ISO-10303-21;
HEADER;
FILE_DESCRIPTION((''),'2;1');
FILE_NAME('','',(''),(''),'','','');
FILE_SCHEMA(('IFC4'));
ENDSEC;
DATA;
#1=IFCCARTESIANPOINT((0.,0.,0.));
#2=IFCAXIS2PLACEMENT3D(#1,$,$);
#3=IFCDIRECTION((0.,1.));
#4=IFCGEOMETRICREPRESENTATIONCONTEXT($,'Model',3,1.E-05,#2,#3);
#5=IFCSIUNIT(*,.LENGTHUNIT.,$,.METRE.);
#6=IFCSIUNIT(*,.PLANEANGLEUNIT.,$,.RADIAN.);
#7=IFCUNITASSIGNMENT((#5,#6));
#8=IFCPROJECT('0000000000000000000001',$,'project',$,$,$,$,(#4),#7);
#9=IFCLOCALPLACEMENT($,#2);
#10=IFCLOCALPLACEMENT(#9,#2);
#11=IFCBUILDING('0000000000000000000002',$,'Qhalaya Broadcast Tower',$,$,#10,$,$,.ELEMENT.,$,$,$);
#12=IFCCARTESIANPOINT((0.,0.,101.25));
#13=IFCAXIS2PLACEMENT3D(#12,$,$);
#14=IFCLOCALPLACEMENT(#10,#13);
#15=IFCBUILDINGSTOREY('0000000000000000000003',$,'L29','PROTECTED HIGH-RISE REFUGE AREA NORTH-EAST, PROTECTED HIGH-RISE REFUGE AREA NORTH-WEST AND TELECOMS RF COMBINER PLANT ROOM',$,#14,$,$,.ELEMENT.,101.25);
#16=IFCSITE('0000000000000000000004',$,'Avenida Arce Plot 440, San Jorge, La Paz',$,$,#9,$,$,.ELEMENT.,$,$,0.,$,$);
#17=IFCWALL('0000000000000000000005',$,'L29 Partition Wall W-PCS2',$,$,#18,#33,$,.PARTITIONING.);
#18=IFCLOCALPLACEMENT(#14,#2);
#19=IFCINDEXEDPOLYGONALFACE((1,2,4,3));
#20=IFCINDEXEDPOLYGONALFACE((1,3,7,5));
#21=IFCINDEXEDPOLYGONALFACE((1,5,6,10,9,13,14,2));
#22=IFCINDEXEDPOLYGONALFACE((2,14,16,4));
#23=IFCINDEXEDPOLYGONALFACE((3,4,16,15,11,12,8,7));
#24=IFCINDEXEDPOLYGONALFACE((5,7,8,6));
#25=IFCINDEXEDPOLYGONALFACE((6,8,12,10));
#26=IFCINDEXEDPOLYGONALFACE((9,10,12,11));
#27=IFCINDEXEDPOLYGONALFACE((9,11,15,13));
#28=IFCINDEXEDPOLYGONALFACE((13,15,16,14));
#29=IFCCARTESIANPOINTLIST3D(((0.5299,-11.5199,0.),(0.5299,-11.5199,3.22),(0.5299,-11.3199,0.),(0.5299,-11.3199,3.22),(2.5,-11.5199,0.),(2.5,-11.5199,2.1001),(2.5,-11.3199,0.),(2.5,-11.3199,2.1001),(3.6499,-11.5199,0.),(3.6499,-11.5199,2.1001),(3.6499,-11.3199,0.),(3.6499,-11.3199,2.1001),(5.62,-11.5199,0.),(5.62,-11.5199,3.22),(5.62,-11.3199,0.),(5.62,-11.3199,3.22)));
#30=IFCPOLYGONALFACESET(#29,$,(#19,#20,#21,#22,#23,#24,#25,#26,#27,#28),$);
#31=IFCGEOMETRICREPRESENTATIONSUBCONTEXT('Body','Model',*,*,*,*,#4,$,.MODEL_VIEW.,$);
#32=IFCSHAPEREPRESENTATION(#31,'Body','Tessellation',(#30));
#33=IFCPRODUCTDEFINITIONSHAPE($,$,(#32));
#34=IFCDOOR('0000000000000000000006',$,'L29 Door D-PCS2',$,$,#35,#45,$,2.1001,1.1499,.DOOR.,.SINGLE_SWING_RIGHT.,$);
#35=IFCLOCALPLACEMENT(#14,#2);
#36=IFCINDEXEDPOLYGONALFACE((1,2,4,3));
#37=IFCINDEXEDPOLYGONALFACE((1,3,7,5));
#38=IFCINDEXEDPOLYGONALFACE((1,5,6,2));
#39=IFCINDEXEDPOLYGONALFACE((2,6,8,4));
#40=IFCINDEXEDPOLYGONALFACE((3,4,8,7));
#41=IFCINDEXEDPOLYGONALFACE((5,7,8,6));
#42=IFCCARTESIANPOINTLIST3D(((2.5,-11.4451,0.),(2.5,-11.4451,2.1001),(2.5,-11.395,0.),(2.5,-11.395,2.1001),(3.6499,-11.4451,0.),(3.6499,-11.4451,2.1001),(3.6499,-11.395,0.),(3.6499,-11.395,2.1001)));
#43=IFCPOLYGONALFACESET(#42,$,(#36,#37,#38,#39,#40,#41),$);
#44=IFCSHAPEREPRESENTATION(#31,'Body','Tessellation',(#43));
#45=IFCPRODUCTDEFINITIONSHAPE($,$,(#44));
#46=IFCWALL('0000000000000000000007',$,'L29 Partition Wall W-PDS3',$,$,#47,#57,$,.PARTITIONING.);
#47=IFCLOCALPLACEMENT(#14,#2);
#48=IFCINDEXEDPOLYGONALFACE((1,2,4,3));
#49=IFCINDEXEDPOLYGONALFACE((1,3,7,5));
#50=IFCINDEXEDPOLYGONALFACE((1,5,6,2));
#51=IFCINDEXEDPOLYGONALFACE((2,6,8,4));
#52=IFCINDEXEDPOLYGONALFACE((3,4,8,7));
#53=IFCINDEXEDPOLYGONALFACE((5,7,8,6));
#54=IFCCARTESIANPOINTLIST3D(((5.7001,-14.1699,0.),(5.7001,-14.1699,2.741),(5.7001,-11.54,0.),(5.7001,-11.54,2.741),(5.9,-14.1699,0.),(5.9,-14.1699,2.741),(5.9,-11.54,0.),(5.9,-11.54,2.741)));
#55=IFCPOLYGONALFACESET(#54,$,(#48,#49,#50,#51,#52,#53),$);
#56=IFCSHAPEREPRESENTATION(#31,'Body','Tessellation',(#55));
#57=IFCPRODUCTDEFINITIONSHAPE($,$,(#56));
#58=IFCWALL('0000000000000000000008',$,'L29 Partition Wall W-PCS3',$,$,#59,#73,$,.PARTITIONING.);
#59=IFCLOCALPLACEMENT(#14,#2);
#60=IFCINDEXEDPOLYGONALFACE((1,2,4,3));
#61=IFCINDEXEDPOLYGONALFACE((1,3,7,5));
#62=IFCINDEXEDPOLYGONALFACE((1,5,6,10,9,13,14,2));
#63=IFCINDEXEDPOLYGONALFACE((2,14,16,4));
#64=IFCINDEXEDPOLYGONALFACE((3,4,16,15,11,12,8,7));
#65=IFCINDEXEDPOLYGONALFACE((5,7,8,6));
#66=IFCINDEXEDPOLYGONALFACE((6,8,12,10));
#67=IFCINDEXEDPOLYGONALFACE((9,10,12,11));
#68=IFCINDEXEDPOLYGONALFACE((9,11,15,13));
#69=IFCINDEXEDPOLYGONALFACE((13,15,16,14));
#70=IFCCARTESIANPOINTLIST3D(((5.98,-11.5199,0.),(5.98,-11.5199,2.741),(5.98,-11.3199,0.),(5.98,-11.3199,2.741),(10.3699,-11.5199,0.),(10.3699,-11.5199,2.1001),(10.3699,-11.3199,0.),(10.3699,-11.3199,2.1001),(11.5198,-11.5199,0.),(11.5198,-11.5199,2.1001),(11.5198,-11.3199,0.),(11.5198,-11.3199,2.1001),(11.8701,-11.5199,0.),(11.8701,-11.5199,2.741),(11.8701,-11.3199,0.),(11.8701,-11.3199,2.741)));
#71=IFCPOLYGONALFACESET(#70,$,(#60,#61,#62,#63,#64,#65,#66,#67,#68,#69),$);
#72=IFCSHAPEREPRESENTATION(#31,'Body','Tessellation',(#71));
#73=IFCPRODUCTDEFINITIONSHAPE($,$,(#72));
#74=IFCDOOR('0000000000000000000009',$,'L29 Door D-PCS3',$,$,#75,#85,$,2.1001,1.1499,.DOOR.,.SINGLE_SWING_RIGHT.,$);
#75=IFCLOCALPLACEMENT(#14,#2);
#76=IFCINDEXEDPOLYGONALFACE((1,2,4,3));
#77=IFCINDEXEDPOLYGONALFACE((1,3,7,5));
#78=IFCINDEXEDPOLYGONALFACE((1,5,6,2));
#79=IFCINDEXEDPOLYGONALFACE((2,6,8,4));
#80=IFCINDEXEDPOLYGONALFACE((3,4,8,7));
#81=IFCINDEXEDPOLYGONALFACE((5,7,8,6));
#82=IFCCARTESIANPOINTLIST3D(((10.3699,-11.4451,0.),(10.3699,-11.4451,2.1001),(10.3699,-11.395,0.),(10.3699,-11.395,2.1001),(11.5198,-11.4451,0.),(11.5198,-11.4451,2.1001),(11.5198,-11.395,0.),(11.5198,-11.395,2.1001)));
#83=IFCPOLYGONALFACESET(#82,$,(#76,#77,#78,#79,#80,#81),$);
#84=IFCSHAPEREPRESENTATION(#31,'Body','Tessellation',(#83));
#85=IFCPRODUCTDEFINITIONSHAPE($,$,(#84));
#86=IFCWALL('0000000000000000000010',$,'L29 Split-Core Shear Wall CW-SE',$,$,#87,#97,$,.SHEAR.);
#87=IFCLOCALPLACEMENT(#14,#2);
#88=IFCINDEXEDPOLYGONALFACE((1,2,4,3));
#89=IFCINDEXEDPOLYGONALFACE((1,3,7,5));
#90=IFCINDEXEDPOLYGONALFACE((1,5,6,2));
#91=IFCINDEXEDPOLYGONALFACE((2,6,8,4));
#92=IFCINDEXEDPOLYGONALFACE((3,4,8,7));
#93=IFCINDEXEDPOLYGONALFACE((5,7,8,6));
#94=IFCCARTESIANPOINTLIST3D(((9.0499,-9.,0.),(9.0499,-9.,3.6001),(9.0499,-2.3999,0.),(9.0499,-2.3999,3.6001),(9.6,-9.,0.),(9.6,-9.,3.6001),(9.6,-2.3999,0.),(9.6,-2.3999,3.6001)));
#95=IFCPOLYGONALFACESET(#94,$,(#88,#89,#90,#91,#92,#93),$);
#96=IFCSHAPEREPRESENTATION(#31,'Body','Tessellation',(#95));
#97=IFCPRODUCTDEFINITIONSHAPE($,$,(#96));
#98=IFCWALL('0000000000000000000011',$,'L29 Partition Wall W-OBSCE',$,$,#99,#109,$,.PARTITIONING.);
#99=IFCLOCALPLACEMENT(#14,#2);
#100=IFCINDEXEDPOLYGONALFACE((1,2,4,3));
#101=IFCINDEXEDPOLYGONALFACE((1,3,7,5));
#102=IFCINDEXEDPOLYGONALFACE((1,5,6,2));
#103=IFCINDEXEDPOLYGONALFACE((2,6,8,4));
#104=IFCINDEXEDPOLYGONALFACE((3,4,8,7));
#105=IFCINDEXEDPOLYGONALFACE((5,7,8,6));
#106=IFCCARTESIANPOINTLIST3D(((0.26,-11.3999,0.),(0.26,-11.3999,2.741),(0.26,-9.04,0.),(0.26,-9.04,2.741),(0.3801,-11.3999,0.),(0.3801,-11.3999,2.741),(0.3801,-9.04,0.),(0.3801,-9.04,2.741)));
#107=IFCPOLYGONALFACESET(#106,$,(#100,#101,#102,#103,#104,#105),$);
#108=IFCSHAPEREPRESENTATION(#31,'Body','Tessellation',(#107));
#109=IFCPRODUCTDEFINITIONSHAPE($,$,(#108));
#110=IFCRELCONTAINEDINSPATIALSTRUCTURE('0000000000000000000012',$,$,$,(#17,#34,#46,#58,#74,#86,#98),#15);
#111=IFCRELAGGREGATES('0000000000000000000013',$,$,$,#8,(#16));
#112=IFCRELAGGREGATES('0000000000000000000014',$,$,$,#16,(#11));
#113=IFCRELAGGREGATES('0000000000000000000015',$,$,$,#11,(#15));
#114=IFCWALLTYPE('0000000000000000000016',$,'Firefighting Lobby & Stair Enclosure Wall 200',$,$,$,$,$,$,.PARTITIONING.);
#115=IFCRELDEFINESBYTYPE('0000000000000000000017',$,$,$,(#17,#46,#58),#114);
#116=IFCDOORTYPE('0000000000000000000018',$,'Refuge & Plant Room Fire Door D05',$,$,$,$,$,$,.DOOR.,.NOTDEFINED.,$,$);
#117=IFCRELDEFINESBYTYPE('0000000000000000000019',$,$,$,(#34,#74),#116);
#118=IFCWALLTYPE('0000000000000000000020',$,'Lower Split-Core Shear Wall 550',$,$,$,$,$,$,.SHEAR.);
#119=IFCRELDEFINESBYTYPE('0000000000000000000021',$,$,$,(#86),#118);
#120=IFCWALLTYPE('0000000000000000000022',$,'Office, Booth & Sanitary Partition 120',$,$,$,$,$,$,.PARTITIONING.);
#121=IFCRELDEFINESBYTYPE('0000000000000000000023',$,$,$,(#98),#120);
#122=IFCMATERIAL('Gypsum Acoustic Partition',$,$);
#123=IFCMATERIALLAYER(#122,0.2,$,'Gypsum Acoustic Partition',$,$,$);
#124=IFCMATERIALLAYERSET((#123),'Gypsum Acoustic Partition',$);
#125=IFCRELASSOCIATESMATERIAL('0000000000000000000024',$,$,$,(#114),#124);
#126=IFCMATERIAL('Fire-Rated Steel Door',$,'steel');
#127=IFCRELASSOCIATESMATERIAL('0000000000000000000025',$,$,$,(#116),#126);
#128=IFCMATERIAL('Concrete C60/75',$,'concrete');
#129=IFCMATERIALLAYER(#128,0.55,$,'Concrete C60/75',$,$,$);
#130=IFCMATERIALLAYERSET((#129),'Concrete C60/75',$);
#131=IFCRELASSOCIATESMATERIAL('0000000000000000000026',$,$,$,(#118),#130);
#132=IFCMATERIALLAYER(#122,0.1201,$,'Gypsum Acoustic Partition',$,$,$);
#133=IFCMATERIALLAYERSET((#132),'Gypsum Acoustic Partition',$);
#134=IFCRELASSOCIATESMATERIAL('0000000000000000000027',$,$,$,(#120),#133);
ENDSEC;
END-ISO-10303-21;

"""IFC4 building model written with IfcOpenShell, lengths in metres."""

from ifc_helpers import new_model, si_unit, direction, frame, frame_2d, origin, place, context, subcontext, project, spatial, rectangle, extrude, material, layer, layer_set, type_object, element, fill, save


model = new_model("IFC4")

# Units and contexts
model_context = context("Model", 3, precision=1e-05, world=origin(), true_north=direction((0.0, 1.0)))
body_context = subcontext(model_context, "Body", "Model", "MODEL_VIEW")
ifc_project = project(units=[si_unit("LENGTHUNIT", "METRE"), si_unit("PLANEANGLEUNIT", "RADIAN")], contexts=[model_context])

# Site, building, storey
site_placement = place(None, origin())
site = spatial("IfcSite", under=ifc_project, at=site_placement, Name="Avenida Arce Plot 440, San Jorge, La Paz", CompositionType="ELEMENT", RefElevation=0.0)
building_placement = place(site_placement, origin())
building = spatial("IfcBuilding", under=site, at=building_placement, Name="Qhalaya Broadcast Tower", CompositionType="ELEMENT")
storey_placement = place(building_placement, frame((0.0, 0.0, 101.25)))
storey = spatial("IfcBuildingStorey", under=building, at=storey_placement, Name="L29", Description="PROTECTED HIGH-RISE REFUGE AREA NORTH-EAST, PROTECTED HIGH-RISE REFUGE AREA NORTH-WEST AND TELECOMS RF COMBINER PLANT ROOM", CompositionType="ELEMENT", Elevation=101.25)

# Shared definitions
ifc_material_1 = material(Name="Gypsum Acoustic Partition")
ifc_layer_1 = layer(ifc_material_1, 0.2, Name="Gypsum Acoustic Partition")
ifc_layer_set_1 = layer_set([ifc_layer_1], Name="Gypsum Acoustic Partition")
wall_type_1 = type_object("IfcWallType", Name="Firefighting Lobby & Stair Enclosure Wall 200", PredefinedType="PARTITIONING", material=ifc_layer_set_1)

# Wall, opening, door
wall_1_placement = place(storey_placement, frame((0.53, -11.4199, 0.0), z_axis=(0.0, 0.0, 1.0), x_axis=(1.0, 0.0, 0.0)))
wall_1 = element("IfcWall", 1, at=wall_1_placement, inside=storey, type_object=wall_type_1, Name="L29 Partition Wall W-PCS2", PredefinedType="PARTITIONING", context=body_context, shape_type="SweptSolid", body=[
    extrude(rectangle(XDim=5.0901, YDim=0.2, at=frame_2d((2.5449, 0.0))), origin(), (0.0, 0.0, 1.0), 3.22),
])
opening_1_placement = place(wall_1_placement, frame((1.97, 0.0, 0.0)))
opening_1 = element("IfcOpeningElement", 2, at=opening_1_placement, cuts=wall_1, PredefinedType="OPENING", context=body_context, shape_type="SweptSolid", body=[
    extrude(rectangle(XDim=1.1499, YDim=2.1001, at=frame_2d((0.575, 1.05))), frame((0.0, 0.1121, 0.0), z_axis=(0.0, -1.0, 0.0), x_axis=(1.0, 0.0, 0.0)), (0.0, 0.0, 1.0), 0.2239),
])
ifc_material_2 = material(Name="Fire-Rated Steel Door", Category="steel")
door_type = type_object("IfcDoorType", Name="Refuge & Plant Room Fire Door D05", OperationType="NOTDEFINED", PredefinedType="DOOR", material=ifc_material_2)
door_1_placement = place(opening_1_placement, origin())
door_1 = element("IfcDoor", 3, at=door_1_placement, inside=storey, type_object=door_type, Name="L29 Door D-PCS2", OperationType="SINGLE_SWING_RIGHT", OverallHeight=2.1001, OverallWidth=1.1499, PredefinedType="DOOR", context=body_context, shape_type="SweptSolid", body=[
    extrude(rectangle(XDim=1.1499, YDim=2.1001, at=frame_2d((0.575, 1.05))), frame((0.0, 0.0249, 0.0), z_axis=(0.0, -1.0, 0.0), x_axis=(1.0, 0.0, 0.0)), (0.0, 0.0, 1.0), 0.05),
])
fill(opening_1, door_1)

# Wall
wall_2_placement = place(storey_placement, frame((5.8, -14.1699, 0.0), z_axis=(0.0, 0.0, 1.0), x_axis=(0.0, 1.0, 0.0)))
element("IfcWall", 4, at=wall_2_placement, inside=storey, type_object=wall_type_1, Name="L29 Partition Wall W-PDS3", PredefinedType="PARTITIONING", context=body_context, shape_type="SweptSolid", body=[
    extrude(rectangle(XDim=2.6299, YDim=0.2, at=frame_2d((1.3149, 0.0))), origin(), (0.0, 0.0, 1.0), 2.741),
])

# Wall, opening, door
wall_3_placement = place(storey_placement, frame((5.98, -11.4199, 0.0), z_axis=(0.0, 0.0, 1.0), x_axis=(1.0, 0.0, 0.0)))
wall_3 = element("IfcWall", 5, at=wall_3_placement, inside=storey, type_object=wall_type_1, Name="L29 Partition Wall W-PCS3", PredefinedType="PARTITIONING", context=body_context, shape_type="SweptSolid", body=[
    extrude(rectangle(XDim=5.8901, YDim=0.2, at=frame_2d((2.9451, 0.0))), origin(), (0.0, 0.0, 1.0), 2.741),
])
opening_2_placement = place(wall_3_placement, frame((4.3899, 0.0, 0.0)))
opening_2 = element("IfcOpeningElement", 6, at=opening_2_placement, cuts=wall_3, PredefinedType="OPENING", context=body_context, shape_type="SweptSolid", body=[
    extrude(rectangle(XDim=1.1499, YDim=2.1001, at=frame_2d((0.575, 1.05))), frame((0.0, 0.1121, 0.0), z_axis=(0.0, -1.0, 0.0), x_axis=(1.0, 0.0, 0.0)), (0.0, 0.0, 1.0), 0.2239),
])
door_2_placement = place(opening_2_placement, origin())
door_2 = element("IfcDoor", 7, at=door_2_placement, inside=storey, type_object=door_type, Name="L29 Door D-PCS3", OperationType="SINGLE_SWING_RIGHT", OverallHeight=2.1001, OverallWidth=1.1499, PredefinedType="DOOR", context=body_context, shape_type="SweptSolid", body=[
    extrude(rectangle(XDim=1.1499, YDim=2.1001, at=frame_2d((0.575, 1.05))), frame((0.0, 0.0249, 0.0), z_axis=(0.0, -1.0, 0.0), x_axis=(1.0, 0.0, 0.0)), (0.0, 0.0, 1.0), 0.05),
])
fill(opening_2, door_2)

# Walls
ifc_material_3 = material(Name="Concrete C60/75", Category="concrete")
ifc_layer_2 = layer(ifc_material_3, 0.55, Name="Concrete C60/75")
ifc_layer_set_2 = layer_set([ifc_layer_2], Name="Concrete C60/75")
wall_type_2 = type_object("IfcWallType", Name="Lower Split-Core Shear Wall 550", PredefinedType="SHEAR", material=ifc_layer_set_2)
wall_4_placement = place(storey_placement, frame((9.325, -9.0, 0.0), z_axis=(0.0, 0.0, 1.0), x_axis=(0.0, 1.0, 0.0)))
element("IfcWall", 8, at=wall_4_placement, inside=storey, type_object=wall_type_2, Name="L29 Split-Core Shear Wall CW-SE", PredefinedType="SHEAR", context=body_context, shape_type="SweptSolid", body=[
    extrude(rectangle(XDim=6.6001, YDim=0.55, at=frame_2d((3.3, 0.0))), origin(), (0.0, 0.0, 1.0), 3.6001),
])
ifc_layer_3 = layer(ifc_material_1, 0.1201, Name="Gypsum Acoustic Partition")
ifc_layer_set_3 = layer_set([ifc_layer_3], Name="Gypsum Acoustic Partition")
wall_type_3 = type_object("IfcWallType", Name="Office, Booth & Sanitary Partition 120", PredefinedType="PARTITIONING", material=ifc_layer_set_3)
wall_5_placement = place(storey_placement, frame((0.3201, -11.3999, 0.0), z_axis=(0.0, 0.0, 1.0), x_axis=(0.0, 1.0, 0.0)))
element("IfcWall", 9, at=wall_5_placement, inside=storey, type_object=wall_type_3, Name="L29 Partition Wall W-OBSCE", PredefinedType="PARTITIONING", context=body_context, shape_type="SweptSolid", body=[
    extrude(rectangle(XDim=2.3599, YDim=0.1201, at=frame_2d((1.1799, 0.0))), origin(), (0.0, 0.0, 1.0), 2.741),
])

save(model, "model.ifc")
